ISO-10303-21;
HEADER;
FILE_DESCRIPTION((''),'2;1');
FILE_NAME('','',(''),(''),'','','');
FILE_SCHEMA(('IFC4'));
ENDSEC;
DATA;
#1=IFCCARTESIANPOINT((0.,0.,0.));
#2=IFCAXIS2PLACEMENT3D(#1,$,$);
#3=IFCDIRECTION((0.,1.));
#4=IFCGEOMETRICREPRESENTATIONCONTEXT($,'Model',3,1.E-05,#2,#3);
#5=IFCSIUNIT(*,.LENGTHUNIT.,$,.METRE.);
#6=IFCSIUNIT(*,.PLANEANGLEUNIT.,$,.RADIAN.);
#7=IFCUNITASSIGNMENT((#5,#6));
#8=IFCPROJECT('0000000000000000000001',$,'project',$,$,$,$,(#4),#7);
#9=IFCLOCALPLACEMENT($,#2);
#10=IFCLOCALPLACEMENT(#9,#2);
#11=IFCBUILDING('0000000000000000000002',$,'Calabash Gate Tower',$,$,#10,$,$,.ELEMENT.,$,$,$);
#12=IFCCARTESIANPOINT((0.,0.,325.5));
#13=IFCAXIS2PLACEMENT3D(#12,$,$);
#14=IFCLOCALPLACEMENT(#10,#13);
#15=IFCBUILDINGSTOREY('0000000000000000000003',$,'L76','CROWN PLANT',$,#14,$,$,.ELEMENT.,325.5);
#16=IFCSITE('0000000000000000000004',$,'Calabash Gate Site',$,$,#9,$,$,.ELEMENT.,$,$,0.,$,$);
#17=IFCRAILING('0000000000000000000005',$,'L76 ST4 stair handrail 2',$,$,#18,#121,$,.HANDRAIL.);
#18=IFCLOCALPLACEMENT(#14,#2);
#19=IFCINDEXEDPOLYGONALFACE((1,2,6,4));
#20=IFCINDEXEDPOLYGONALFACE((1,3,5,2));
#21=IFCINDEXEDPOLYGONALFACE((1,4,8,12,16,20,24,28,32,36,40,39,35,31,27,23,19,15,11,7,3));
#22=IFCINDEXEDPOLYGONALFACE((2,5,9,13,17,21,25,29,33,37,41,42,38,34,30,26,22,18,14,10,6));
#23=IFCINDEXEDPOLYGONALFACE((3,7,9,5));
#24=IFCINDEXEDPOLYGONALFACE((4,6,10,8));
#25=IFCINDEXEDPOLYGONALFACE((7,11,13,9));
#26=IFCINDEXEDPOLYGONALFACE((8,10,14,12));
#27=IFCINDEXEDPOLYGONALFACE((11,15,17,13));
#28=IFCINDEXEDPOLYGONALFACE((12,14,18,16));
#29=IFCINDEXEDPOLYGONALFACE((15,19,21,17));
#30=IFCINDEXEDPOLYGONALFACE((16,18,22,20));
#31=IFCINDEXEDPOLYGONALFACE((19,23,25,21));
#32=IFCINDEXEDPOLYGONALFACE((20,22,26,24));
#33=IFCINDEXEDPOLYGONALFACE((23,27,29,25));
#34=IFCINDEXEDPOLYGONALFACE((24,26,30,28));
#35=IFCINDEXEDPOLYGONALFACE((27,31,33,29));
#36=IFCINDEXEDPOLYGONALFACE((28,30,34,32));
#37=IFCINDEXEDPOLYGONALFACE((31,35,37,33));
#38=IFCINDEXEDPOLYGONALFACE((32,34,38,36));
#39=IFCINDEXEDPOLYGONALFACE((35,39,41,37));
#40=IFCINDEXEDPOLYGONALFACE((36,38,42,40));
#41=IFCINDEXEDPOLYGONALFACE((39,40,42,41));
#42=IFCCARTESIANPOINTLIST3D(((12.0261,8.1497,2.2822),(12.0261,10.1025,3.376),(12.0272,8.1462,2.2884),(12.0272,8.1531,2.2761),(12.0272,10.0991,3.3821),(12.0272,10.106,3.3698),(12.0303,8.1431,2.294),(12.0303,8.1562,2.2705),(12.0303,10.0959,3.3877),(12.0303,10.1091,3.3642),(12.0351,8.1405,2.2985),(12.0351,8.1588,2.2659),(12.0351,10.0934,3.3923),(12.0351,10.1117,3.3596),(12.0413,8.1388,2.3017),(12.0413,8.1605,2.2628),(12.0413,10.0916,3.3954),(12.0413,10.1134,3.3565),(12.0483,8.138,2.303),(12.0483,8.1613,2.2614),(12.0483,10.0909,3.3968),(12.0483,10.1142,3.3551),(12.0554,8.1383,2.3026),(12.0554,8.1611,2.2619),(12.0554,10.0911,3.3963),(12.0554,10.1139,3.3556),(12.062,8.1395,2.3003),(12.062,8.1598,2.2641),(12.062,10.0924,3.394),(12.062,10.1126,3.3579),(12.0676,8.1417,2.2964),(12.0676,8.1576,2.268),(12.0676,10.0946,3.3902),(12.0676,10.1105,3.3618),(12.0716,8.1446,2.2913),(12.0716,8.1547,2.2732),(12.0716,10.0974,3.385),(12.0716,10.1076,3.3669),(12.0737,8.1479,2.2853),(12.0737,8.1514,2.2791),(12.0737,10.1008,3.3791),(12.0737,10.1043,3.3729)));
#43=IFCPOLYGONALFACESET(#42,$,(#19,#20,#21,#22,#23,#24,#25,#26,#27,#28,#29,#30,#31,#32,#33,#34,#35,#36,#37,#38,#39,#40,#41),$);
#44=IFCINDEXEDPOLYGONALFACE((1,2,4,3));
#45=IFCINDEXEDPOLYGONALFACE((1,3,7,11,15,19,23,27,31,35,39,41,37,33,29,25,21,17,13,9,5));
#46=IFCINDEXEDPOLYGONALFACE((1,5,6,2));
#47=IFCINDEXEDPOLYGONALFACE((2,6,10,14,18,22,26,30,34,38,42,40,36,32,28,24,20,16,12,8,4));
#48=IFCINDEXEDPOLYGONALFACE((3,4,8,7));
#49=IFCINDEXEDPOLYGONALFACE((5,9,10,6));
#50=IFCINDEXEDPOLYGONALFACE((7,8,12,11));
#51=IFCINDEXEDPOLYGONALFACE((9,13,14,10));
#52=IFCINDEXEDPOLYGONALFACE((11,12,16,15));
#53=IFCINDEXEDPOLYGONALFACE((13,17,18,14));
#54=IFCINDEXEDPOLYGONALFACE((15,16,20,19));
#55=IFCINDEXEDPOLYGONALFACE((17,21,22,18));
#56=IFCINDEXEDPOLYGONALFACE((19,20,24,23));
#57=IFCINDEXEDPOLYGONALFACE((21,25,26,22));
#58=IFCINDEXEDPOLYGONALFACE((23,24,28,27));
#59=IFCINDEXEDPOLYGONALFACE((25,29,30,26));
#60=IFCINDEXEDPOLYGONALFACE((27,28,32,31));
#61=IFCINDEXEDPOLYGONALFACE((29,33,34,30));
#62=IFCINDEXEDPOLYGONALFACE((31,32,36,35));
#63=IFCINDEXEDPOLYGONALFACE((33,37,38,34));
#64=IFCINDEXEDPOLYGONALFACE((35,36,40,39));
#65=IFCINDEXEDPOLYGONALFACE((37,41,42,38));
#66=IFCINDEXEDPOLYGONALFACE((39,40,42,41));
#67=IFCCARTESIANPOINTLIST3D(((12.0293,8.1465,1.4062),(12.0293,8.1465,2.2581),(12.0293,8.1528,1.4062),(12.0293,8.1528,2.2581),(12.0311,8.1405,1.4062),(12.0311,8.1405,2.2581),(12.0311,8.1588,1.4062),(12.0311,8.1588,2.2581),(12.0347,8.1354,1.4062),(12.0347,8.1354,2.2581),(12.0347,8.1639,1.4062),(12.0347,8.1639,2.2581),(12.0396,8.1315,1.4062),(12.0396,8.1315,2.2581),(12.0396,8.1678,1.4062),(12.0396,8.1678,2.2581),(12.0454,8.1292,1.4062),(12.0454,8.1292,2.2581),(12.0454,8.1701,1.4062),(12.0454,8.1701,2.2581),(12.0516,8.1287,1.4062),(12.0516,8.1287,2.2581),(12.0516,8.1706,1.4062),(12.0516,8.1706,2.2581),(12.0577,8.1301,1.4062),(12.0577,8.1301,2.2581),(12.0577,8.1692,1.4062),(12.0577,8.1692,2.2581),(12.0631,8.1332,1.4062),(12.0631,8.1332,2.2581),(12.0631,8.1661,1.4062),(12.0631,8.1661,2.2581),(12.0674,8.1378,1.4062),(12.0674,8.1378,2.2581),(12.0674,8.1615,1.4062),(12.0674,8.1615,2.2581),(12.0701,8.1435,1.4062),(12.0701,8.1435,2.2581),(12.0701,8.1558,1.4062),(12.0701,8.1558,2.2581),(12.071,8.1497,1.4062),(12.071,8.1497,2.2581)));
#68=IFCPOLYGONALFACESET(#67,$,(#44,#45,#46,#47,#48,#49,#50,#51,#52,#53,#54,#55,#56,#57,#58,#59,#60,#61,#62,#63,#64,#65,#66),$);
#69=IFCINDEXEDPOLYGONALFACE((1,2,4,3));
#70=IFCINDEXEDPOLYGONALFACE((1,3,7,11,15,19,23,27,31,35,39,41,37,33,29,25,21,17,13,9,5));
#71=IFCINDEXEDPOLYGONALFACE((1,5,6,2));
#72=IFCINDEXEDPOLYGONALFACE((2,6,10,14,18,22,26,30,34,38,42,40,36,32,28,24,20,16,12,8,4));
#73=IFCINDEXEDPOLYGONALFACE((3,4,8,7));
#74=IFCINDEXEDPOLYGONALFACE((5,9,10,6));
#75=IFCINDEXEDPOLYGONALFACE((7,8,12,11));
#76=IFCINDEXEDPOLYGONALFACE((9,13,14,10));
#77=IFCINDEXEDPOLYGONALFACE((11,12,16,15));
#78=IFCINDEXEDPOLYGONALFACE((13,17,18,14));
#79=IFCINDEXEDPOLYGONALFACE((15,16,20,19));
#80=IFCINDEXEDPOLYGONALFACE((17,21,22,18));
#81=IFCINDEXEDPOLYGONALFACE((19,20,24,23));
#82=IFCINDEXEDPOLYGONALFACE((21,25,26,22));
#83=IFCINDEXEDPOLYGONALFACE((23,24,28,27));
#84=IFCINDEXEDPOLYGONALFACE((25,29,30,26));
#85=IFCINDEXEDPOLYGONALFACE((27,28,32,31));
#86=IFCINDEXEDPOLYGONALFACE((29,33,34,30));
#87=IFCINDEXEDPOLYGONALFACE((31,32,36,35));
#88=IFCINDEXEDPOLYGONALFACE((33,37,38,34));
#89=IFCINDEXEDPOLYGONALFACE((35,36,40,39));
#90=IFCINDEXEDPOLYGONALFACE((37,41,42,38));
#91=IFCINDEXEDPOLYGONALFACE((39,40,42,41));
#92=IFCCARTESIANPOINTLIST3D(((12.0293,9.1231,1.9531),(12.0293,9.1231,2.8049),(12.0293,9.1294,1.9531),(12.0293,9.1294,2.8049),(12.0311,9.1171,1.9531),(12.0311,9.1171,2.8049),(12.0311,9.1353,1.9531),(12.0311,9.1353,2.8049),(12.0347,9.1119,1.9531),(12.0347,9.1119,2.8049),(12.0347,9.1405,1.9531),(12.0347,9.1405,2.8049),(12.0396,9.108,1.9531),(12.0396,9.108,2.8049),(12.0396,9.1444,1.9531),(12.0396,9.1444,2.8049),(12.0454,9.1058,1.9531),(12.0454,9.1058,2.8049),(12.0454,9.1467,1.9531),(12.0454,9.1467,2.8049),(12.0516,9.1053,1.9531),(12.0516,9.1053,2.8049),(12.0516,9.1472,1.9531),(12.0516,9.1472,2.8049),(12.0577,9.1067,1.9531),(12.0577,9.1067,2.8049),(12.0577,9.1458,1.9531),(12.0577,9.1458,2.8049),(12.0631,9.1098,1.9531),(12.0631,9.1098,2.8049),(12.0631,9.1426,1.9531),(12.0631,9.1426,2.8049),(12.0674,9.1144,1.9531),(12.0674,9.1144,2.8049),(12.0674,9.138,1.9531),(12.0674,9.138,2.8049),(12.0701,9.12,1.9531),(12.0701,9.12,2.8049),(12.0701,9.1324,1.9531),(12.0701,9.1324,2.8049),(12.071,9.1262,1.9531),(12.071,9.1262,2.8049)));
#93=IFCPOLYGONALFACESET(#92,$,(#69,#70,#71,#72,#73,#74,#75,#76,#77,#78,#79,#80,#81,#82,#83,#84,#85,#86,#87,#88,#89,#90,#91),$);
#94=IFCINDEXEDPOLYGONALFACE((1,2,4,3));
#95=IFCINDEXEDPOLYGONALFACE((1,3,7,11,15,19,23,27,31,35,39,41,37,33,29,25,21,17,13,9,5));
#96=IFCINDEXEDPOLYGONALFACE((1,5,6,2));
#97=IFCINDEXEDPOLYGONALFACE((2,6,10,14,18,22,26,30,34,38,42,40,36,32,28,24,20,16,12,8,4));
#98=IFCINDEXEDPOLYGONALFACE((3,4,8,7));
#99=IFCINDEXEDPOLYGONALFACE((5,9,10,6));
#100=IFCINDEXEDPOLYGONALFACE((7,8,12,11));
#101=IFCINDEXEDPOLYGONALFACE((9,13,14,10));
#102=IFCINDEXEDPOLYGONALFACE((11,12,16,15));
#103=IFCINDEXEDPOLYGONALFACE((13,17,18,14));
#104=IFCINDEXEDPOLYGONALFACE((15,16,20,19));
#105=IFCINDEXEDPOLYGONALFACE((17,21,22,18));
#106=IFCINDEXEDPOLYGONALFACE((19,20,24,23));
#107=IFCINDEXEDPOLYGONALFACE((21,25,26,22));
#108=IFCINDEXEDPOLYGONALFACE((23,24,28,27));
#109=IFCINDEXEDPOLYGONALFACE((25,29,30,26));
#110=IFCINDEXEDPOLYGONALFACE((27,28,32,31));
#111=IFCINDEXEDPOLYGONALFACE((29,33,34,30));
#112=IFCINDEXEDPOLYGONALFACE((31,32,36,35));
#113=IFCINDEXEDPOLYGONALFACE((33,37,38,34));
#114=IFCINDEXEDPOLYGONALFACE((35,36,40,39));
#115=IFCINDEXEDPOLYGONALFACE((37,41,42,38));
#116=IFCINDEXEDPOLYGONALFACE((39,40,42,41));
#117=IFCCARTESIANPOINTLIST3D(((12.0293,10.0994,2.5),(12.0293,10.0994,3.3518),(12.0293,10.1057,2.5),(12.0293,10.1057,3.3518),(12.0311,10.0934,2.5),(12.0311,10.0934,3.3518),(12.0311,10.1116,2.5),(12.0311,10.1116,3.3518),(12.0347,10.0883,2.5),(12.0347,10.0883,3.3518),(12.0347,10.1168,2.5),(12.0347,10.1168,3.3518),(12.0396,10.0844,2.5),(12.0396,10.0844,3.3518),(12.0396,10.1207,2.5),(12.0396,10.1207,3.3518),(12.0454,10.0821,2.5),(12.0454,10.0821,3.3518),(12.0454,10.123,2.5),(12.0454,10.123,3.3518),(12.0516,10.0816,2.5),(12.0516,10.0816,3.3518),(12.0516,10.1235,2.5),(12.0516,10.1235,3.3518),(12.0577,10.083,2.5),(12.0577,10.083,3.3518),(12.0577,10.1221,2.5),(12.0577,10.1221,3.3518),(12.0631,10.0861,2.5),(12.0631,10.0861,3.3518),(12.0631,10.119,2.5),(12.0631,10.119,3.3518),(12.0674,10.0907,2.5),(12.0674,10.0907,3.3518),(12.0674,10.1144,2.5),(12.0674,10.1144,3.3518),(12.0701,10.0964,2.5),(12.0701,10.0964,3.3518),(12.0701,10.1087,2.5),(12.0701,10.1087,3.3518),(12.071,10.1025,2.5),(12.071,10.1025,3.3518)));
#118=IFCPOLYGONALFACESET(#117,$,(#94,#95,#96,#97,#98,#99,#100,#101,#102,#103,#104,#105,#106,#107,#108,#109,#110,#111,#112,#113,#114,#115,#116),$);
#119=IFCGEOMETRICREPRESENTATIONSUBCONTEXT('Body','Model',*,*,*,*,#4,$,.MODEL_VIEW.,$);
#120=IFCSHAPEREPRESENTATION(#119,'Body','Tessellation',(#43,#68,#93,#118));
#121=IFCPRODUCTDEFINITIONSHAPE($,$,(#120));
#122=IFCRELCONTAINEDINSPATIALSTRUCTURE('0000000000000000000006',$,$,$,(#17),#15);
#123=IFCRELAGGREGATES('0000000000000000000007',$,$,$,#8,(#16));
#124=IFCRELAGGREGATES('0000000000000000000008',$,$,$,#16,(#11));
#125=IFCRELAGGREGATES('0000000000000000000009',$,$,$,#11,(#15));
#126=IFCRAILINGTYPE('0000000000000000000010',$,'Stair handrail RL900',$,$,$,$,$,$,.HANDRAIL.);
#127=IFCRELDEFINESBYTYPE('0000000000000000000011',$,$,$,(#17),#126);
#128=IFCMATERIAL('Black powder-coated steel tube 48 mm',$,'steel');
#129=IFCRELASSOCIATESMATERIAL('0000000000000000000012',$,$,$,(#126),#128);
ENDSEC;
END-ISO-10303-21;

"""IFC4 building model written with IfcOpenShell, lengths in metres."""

from ifc_helpers import new_model, si_unit, direction, frame, origin, origin_2d, place, context, subcontext, project, spatial, circle, extrude, material, type_object, element, save


model = new_model("IFC4")

# Units and contexts
model_context = context("Model", 3, precision=1e-05, world=origin(), true_north=direction((0.0, 1.0)))
body_context = subcontext(model_context, "Body", "Model", "MODEL_VIEW")
ifc_project = project(units=[si_unit("LENGTHUNIT", "METRE"), si_unit("PLANEANGLEUNIT", "RADIAN")], contexts=[model_context])

# Site, building, storey
site_placement = place(None, origin())
site = spatial("IfcSite", under=ifc_project, at=site_placement, Name="Calabash Gate Site", CompositionType="ELEMENT", RefElevation=0.0)
building_placement = place(site_placement, origin())
building = spatial("IfcBuilding", under=site, at=building_placement, Name="Calabash Gate Tower", CompositionType="ELEMENT")
storey_placement = place(building_placement, frame((0.0, 0.0, 325.5)))
storey = spatial("IfcBuildingStorey", under=building, at=storey_placement, Name="L76", Description="CROWN PLANT", CompositionType="ELEMENT", Elevation=325.5)

# Railing
ifc_material_1 = material(Name="Black powder-coated steel tube 48 mm", Category="steel")
railing_type_1 = type_object("IfcRailingType", Name="Stair handrail RL900", PredefinedType="HANDRAIL", material=ifc_material_1)
railing_1_placement = place(storey_placement, frame((12.05, 8.1497, 1.4062)))
element("IfcRailing", 1, at=railing_1_placement, inside=storey, type_object=railing_type_1, Name="L76 ST4 stair handrail 2", PredefinedType="HANDRAIL", context=body_context, shape_type="SweptSolid", body=[
    extrude(circle(Radius=0.0239, at=origin_2d()), frame((0.0, 0.0, 0.876), z_axis=(0.0, 0.87248, 0.48865), x_axis=(-1.0, 0.0, 0.0)), (0.0, 0.0, 1.0), 2.2383),
    extrude(circle(Radius=0.021, at=origin_2d()), origin(), (0.0, 0.0, 1.0), 0.8518),
    extrude(circle(Radius=0.021, at=origin_2d()), frame((0.0, 0.9766, 0.5469)), (0.0, 0.0, 1.0), 0.8518),
    extrude(circle(Radius=0.021, at=origin_2d()), frame((0.0, 1.9529, 1.0938)), (0.0, 0.0, 1.0), 0.8518),
])

save(model, "model.ifc")
